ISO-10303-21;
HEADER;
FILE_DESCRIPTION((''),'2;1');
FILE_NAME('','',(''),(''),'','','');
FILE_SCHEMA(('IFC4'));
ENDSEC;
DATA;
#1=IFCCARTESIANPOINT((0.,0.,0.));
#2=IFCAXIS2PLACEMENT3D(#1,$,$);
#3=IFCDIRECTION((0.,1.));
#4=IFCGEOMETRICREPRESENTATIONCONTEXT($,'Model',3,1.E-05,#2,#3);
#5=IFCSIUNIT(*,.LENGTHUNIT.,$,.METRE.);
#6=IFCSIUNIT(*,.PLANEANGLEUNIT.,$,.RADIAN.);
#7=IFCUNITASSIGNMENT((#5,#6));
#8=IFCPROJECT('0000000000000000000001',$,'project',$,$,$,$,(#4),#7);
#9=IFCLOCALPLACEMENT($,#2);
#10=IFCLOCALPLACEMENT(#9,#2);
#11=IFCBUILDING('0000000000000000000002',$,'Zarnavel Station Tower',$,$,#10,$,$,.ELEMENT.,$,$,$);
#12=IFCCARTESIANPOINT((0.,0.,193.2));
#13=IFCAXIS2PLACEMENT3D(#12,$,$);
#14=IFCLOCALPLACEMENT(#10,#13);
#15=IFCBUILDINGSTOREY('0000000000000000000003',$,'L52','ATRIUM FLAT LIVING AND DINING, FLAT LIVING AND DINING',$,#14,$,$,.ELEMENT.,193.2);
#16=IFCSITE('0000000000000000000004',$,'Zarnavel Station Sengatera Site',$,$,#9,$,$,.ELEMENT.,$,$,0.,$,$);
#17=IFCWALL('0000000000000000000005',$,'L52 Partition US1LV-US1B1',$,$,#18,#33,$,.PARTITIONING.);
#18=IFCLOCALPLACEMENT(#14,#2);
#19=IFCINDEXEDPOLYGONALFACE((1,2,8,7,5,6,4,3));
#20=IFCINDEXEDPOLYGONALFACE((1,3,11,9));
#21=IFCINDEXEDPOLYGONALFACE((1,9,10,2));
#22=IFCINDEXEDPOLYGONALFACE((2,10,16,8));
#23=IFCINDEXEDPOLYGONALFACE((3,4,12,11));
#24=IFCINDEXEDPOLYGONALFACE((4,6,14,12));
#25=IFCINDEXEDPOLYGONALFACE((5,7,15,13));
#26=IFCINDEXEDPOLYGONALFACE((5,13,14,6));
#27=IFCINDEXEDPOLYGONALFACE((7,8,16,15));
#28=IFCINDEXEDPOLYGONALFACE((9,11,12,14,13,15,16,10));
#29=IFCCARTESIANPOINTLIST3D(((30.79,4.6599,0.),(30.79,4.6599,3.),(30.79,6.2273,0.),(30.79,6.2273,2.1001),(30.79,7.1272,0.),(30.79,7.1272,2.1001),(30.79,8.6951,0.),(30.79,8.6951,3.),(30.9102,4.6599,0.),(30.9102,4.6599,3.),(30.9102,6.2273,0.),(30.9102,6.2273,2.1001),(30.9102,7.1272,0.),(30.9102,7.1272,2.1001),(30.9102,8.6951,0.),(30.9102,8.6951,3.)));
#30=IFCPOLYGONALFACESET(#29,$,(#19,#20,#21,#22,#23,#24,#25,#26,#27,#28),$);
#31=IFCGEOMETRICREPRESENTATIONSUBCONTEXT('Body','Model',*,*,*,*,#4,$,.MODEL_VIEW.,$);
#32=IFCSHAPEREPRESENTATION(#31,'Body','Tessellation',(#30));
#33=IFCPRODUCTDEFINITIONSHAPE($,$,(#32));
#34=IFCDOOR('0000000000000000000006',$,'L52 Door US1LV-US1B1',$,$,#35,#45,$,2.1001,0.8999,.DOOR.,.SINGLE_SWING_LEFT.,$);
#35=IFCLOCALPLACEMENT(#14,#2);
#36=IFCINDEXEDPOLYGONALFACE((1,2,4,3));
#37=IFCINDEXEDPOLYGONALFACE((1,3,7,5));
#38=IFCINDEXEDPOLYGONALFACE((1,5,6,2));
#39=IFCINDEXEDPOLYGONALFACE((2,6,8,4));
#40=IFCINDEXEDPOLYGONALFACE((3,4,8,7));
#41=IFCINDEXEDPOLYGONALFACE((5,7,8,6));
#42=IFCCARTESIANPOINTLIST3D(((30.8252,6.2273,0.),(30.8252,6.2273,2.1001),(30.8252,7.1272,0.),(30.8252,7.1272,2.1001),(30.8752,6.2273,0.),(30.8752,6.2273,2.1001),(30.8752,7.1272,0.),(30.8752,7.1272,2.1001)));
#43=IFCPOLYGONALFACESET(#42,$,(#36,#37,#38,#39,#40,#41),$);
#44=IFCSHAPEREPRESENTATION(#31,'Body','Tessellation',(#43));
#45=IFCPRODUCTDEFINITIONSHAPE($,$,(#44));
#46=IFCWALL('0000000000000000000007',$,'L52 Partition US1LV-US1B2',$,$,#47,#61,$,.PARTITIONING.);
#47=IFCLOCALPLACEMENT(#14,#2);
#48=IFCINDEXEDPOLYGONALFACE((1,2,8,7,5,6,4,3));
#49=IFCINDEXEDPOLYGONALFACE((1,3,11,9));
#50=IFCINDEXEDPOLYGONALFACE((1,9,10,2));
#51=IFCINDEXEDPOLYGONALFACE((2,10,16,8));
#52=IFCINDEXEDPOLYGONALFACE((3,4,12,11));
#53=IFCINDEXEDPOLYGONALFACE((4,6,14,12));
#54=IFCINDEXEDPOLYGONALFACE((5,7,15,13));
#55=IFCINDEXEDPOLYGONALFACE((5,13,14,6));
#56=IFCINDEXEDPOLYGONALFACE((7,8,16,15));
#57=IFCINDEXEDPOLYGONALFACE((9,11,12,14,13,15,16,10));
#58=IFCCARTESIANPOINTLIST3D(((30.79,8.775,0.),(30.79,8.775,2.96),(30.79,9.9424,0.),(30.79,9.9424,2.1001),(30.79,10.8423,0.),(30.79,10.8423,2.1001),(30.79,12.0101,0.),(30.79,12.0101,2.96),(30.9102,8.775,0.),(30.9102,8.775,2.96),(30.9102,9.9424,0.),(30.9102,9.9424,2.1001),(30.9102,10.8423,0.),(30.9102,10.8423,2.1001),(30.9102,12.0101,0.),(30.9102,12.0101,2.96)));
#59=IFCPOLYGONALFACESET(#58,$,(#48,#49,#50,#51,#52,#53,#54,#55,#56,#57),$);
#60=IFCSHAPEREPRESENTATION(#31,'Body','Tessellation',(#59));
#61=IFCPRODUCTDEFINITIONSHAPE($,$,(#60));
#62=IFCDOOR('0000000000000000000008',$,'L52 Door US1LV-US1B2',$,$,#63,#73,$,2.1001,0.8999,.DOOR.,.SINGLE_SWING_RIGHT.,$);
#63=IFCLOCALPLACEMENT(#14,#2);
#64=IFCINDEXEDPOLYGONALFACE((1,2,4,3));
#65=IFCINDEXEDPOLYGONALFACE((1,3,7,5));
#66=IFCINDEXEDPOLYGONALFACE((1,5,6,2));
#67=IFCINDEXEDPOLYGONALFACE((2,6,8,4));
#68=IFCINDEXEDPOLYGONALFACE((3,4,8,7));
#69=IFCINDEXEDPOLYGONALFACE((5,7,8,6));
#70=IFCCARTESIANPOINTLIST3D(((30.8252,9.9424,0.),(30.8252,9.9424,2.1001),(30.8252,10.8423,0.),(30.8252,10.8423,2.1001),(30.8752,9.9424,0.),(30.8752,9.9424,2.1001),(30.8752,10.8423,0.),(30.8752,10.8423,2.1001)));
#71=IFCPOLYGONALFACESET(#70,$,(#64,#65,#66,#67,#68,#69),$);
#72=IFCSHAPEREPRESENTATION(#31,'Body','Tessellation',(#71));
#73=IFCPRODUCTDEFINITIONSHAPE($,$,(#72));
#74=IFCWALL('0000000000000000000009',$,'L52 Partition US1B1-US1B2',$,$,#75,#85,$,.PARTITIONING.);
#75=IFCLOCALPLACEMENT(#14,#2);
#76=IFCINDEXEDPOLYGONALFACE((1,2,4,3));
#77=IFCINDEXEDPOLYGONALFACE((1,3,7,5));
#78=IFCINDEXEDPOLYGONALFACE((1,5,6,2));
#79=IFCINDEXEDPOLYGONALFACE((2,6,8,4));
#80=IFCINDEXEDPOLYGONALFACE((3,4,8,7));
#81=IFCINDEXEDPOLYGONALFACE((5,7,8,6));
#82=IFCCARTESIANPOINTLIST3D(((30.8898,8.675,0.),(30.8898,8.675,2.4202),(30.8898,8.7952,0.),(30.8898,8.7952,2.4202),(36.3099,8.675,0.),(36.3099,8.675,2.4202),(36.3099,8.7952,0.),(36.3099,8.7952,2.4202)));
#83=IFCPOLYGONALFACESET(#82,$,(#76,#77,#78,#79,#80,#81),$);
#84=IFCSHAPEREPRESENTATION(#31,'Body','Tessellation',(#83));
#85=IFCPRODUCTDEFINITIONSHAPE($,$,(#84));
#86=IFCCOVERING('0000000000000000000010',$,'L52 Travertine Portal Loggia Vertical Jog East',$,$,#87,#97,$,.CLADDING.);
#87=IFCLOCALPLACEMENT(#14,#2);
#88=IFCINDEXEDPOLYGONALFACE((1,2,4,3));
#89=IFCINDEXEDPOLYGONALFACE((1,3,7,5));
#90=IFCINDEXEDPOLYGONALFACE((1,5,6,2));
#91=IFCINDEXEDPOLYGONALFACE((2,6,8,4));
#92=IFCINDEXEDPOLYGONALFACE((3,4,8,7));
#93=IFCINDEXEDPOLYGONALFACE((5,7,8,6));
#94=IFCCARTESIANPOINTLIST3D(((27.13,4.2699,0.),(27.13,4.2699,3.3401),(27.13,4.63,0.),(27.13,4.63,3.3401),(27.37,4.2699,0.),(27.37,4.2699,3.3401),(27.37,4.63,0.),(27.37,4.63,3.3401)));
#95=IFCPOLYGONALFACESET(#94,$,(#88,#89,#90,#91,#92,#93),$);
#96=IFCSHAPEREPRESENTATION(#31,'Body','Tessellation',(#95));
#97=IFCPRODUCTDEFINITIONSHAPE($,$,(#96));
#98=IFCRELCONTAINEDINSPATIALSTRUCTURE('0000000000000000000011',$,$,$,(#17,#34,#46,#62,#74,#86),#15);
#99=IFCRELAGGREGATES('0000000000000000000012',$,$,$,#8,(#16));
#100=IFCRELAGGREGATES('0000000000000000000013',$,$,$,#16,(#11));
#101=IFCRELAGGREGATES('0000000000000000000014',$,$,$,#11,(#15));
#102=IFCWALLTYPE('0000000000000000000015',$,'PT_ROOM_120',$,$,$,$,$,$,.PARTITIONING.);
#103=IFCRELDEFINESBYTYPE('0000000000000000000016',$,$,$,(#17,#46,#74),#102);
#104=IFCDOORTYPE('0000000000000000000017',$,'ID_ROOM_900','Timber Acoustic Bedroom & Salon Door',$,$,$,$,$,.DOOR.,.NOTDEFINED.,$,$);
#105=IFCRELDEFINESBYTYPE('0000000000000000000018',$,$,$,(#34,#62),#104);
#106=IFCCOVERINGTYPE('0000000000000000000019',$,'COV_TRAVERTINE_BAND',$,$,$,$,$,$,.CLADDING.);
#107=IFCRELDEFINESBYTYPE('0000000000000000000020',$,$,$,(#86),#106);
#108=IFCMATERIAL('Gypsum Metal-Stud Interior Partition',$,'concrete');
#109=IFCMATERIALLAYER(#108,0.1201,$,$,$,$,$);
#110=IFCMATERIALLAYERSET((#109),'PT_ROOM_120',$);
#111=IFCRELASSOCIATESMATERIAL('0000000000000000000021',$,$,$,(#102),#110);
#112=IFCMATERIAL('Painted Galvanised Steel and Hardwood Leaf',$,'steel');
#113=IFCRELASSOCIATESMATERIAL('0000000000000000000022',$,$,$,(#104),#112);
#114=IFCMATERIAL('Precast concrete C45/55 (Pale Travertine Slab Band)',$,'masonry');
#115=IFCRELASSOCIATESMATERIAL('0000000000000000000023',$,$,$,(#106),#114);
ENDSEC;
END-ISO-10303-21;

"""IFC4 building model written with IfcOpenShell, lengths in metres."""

from ifc_helpers import new_model, si_unit, direction, frame, frame_2d, origin, origin_2d, place, context, subcontext, project, spatial, rectangle, extrude, material, layer, layer_set, type_object, element, fill, save


model = new_model("IFC4")

# Units and contexts
model_context = context("Model", 3, precision=1e-05, world=origin(), true_north=direction((0.0, 1.0)))
body_context = subcontext(model_context, "Body", "Model", "MODEL_VIEW")
ifc_project = project(units=[si_unit("LENGTHUNIT", "METRE"), si_unit("PLANEANGLEUNIT", "RADIAN")], contexts=[model_context])

# Site, building, storey
site_placement = place(None, origin())
site = spatial("IfcSite", under=ifc_project, at=site_placement, Name="Zarnavel Station Sengatera Site", CompositionType="ELEMENT", RefElevation=0.0)
building_placement = place(site_placement, origin())
building = spatial("IfcBuilding", under=site, at=building_placement, Name="Zarnavel Station Tower", CompositionType="ELEMENT")
storey_placement = place(building_placement, frame((0.0, 0.0, 193.2)))
storey = spatial("IfcBuildingStorey", under=building, at=storey_placement, Name="L52", Description="ATRIUM FLAT LIVING AND DINING, FLAT LIVING AND DINING", CompositionType="ELEMENT", Elevation=193.2)

# Walls, openings, doors
ifc_material_1 = material(Name="Gypsum Metal-Stud Interior Partition", Category="concrete")
ifc_layer_1 = layer(ifc_material_1, 0.1201)
ifc_layer_set_1 = layer_set([ifc_layer_1], Name="PT_ROOM_120")
wall_type_1 = type_object("IfcWallType", Name="PT_ROOM_120", PredefinedType="PARTITIONING", material=ifc_layer_set_1)
wall_1_placement = place(storey_placement, frame((30.8501, 4.6599, 0.0), z_axis=(0.0, 0.0, 1.0), x_axis=(0.0, 1.0, 0.0)))
wall_1 = element("IfcWall", 1, at=wall_1_placement, inside=storey, type_object=wall_type_1, Name="L52 Partition US1LV-US1B1", PredefinedType="PARTITIONING", context=body_context, shape_type="SweptSolid", body=[
    extrude(rectangle(XDim=4.0352, YDim=0.1201, at=frame_2d((2.0176, 0.0))), origin(), (0.0, 0.0, 1.0), 3.0),
])
opening_1_placement = place(wall_1_placement, frame((1.5674, 0.0, 0.0)))
opening_1 = element("IfcOpeningElement", 2, at=opening_1_placement, cuts=wall_1, PredefinedType="OPENING", context=body_context, shape_type="SweptSolid", body=[
    extrude(rectangle(XDim=0.8999, YDim=2.1001, at=frame_2d((0.45, 1.05))), frame((0.0, 0.0701, 0.0), z_axis=(0.0, -1.0, 0.0), x_axis=(1.0, 0.0, 0.0)), (0.0, 0.0, 1.0), 0.1401),
])
ifc_material_2 = material(Name="Painted Galvanised Steel and Hardwood Leaf", Category="steel")
door_type = type_object("IfcDoorType", Name="ID_ROOM_900", Description="Timber Acoustic Bedroom & Salon Door", OperationType="NOTDEFINED", PredefinedType="DOOR", material=ifc_material_2)
door_1_placement = place(opening_1_placement, origin())
door_1 = element("IfcDoor", 3, at=door_1_placement, inside=storey, type_object=door_type, Name="L52 Door US1LV-US1B1", OperationType="SINGLE_SWING_LEFT", OverallHeight=2.1001, OverallWidth=0.8999, PredefinedType="DOOR", context=body_context, shape_type="SweptSolid", body=[
    extrude(rectangle(XDim=0.8999, YDim=2.1001, at=frame_2d((0.45, 1.05))), frame((0.0, 0.0249, 0.0), z_axis=(0.0, -1.0, 0.0), x_axis=(1.0, 0.0, 0.0)), (0.0, 0.0, 1.0), 0.05),
])
fill(opening_1, door_1)
wall_2_placement = place(storey_placement, frame((30.8501, 8.7749, 0.0), z_axis=(0.0, 0.0, 1.0), x_axis=(0.0, 1.0, 0.0)))
wall_2 = element("IfcWall", 4, at=wall_2_placement, inside=storey, type_object=wall_type_1, Name="L52 Partition US1LV-US1B2", PredefinedType="PARTITIONING", context=body_context, shape_type="SweptSolid", body=[
    extrude(rectangle(XDim=3.2351, YDim=0.1201, at=frame_2d((1.6177, 0.0))), origin(), (0.0, 0.0, 1.0), 2.96),
])
opening_2_placement = place(wall_2_placement, frame((1.1675, 0.0, 0.0)))
opening_2 = element("IfcOpeningElement", 5, at=opening_2_placement, cuts=wall_2, PredefinedType="OPENING", context=body_context, shape_type="SweptSolid", body=[
    extrude(rectangle(XDim=0.8999, YDim=2.1001, at=frame_2d((0.45, 1.05))), frame((0.0, 0.0701, 0.0), z_axis=(0.0, -1.0, 0.0), x_axis=(1.0, 0.0, 0.0)), (0.0, 0.0, 1.0), 0.1401),
])
door_2_placement = place(opening_2_placement, origin())
door_2 = element("IfcDoor", 6, at=door_2_placement, inside=storey, type_object=door_type, Name="L52 Door US1LV-US1B2", OperationType="SINGLE_SWING_RIGHT", OverallHeight=2.1001, OverallWidth=0.8999, PredefinedType="DOOR", context=body_context, shape_type="SweptSolid", body=[
    extrude(rectangle(XDim=0.8999, YDim=2.1001, at=frame_2d((0.45, 1.05))), frame((0.0, 0.0249, 0.0), z_axis=(0.0, -1.0, 0.0), x_axis=(1.0, 0.0, 0.0)), (0.0, 0.0, 1.0), 0.05),
])
fill(opening_2, door_2)

# Wall
wall_3_placement = place(storey_placement, frame((30.8899, 8.7351, 0.0), z_axis=(0.0, 0.0, 1.0), x_axis=(1.0, 0.0, 0.0)))
element("IfcWall", 7, at=wall_3_placement, inside=storey, type_object=wall_type_1, Name="L52 Partition US1B1-US1B2", PredefinedType="PARTITIONING", context=body_context, shape_type="SweptSolid", body=[
    extrude(rectangle(XDim=5.4202, YDim=0.1201, at=frame_2d((2.71, 0.0))), origin(), (0.0, 0.0, 1.0), 2.4202),
])

# Covering
ifc_material_3 = material(Name="Precast concrete C45/55 (Pale Travertine Slab Band)", Category="masonry")
covering_type = type_object("IfcCoveringType", Name="COV_TRAVERTINE_BAND", PredefinedType="CLADDING", material=ifc_material_3)
covering_placement = place(storey_placement, frame((27.25, 4.45, 0.0), z_axis=(0.0, 0.0, 1.0), x_axis=(1.0, 0.0, 0.0)))
element("IfcCovering", 8, at=covering_placement, inside=storey, type_object=covering_type, Name="L52 Travertine Portal Loggia Vertical Jog East", PredefinedType="CLADDING", context=body_context, shape_type="SweptSolid", body=[
    extrude(rectangle(XDim=0.24, YDim=0.3601, at=origin_2d()), origin(), (0.0, 0.0, 1.0), 3.3401),
])

save(model, "model.ifc")
